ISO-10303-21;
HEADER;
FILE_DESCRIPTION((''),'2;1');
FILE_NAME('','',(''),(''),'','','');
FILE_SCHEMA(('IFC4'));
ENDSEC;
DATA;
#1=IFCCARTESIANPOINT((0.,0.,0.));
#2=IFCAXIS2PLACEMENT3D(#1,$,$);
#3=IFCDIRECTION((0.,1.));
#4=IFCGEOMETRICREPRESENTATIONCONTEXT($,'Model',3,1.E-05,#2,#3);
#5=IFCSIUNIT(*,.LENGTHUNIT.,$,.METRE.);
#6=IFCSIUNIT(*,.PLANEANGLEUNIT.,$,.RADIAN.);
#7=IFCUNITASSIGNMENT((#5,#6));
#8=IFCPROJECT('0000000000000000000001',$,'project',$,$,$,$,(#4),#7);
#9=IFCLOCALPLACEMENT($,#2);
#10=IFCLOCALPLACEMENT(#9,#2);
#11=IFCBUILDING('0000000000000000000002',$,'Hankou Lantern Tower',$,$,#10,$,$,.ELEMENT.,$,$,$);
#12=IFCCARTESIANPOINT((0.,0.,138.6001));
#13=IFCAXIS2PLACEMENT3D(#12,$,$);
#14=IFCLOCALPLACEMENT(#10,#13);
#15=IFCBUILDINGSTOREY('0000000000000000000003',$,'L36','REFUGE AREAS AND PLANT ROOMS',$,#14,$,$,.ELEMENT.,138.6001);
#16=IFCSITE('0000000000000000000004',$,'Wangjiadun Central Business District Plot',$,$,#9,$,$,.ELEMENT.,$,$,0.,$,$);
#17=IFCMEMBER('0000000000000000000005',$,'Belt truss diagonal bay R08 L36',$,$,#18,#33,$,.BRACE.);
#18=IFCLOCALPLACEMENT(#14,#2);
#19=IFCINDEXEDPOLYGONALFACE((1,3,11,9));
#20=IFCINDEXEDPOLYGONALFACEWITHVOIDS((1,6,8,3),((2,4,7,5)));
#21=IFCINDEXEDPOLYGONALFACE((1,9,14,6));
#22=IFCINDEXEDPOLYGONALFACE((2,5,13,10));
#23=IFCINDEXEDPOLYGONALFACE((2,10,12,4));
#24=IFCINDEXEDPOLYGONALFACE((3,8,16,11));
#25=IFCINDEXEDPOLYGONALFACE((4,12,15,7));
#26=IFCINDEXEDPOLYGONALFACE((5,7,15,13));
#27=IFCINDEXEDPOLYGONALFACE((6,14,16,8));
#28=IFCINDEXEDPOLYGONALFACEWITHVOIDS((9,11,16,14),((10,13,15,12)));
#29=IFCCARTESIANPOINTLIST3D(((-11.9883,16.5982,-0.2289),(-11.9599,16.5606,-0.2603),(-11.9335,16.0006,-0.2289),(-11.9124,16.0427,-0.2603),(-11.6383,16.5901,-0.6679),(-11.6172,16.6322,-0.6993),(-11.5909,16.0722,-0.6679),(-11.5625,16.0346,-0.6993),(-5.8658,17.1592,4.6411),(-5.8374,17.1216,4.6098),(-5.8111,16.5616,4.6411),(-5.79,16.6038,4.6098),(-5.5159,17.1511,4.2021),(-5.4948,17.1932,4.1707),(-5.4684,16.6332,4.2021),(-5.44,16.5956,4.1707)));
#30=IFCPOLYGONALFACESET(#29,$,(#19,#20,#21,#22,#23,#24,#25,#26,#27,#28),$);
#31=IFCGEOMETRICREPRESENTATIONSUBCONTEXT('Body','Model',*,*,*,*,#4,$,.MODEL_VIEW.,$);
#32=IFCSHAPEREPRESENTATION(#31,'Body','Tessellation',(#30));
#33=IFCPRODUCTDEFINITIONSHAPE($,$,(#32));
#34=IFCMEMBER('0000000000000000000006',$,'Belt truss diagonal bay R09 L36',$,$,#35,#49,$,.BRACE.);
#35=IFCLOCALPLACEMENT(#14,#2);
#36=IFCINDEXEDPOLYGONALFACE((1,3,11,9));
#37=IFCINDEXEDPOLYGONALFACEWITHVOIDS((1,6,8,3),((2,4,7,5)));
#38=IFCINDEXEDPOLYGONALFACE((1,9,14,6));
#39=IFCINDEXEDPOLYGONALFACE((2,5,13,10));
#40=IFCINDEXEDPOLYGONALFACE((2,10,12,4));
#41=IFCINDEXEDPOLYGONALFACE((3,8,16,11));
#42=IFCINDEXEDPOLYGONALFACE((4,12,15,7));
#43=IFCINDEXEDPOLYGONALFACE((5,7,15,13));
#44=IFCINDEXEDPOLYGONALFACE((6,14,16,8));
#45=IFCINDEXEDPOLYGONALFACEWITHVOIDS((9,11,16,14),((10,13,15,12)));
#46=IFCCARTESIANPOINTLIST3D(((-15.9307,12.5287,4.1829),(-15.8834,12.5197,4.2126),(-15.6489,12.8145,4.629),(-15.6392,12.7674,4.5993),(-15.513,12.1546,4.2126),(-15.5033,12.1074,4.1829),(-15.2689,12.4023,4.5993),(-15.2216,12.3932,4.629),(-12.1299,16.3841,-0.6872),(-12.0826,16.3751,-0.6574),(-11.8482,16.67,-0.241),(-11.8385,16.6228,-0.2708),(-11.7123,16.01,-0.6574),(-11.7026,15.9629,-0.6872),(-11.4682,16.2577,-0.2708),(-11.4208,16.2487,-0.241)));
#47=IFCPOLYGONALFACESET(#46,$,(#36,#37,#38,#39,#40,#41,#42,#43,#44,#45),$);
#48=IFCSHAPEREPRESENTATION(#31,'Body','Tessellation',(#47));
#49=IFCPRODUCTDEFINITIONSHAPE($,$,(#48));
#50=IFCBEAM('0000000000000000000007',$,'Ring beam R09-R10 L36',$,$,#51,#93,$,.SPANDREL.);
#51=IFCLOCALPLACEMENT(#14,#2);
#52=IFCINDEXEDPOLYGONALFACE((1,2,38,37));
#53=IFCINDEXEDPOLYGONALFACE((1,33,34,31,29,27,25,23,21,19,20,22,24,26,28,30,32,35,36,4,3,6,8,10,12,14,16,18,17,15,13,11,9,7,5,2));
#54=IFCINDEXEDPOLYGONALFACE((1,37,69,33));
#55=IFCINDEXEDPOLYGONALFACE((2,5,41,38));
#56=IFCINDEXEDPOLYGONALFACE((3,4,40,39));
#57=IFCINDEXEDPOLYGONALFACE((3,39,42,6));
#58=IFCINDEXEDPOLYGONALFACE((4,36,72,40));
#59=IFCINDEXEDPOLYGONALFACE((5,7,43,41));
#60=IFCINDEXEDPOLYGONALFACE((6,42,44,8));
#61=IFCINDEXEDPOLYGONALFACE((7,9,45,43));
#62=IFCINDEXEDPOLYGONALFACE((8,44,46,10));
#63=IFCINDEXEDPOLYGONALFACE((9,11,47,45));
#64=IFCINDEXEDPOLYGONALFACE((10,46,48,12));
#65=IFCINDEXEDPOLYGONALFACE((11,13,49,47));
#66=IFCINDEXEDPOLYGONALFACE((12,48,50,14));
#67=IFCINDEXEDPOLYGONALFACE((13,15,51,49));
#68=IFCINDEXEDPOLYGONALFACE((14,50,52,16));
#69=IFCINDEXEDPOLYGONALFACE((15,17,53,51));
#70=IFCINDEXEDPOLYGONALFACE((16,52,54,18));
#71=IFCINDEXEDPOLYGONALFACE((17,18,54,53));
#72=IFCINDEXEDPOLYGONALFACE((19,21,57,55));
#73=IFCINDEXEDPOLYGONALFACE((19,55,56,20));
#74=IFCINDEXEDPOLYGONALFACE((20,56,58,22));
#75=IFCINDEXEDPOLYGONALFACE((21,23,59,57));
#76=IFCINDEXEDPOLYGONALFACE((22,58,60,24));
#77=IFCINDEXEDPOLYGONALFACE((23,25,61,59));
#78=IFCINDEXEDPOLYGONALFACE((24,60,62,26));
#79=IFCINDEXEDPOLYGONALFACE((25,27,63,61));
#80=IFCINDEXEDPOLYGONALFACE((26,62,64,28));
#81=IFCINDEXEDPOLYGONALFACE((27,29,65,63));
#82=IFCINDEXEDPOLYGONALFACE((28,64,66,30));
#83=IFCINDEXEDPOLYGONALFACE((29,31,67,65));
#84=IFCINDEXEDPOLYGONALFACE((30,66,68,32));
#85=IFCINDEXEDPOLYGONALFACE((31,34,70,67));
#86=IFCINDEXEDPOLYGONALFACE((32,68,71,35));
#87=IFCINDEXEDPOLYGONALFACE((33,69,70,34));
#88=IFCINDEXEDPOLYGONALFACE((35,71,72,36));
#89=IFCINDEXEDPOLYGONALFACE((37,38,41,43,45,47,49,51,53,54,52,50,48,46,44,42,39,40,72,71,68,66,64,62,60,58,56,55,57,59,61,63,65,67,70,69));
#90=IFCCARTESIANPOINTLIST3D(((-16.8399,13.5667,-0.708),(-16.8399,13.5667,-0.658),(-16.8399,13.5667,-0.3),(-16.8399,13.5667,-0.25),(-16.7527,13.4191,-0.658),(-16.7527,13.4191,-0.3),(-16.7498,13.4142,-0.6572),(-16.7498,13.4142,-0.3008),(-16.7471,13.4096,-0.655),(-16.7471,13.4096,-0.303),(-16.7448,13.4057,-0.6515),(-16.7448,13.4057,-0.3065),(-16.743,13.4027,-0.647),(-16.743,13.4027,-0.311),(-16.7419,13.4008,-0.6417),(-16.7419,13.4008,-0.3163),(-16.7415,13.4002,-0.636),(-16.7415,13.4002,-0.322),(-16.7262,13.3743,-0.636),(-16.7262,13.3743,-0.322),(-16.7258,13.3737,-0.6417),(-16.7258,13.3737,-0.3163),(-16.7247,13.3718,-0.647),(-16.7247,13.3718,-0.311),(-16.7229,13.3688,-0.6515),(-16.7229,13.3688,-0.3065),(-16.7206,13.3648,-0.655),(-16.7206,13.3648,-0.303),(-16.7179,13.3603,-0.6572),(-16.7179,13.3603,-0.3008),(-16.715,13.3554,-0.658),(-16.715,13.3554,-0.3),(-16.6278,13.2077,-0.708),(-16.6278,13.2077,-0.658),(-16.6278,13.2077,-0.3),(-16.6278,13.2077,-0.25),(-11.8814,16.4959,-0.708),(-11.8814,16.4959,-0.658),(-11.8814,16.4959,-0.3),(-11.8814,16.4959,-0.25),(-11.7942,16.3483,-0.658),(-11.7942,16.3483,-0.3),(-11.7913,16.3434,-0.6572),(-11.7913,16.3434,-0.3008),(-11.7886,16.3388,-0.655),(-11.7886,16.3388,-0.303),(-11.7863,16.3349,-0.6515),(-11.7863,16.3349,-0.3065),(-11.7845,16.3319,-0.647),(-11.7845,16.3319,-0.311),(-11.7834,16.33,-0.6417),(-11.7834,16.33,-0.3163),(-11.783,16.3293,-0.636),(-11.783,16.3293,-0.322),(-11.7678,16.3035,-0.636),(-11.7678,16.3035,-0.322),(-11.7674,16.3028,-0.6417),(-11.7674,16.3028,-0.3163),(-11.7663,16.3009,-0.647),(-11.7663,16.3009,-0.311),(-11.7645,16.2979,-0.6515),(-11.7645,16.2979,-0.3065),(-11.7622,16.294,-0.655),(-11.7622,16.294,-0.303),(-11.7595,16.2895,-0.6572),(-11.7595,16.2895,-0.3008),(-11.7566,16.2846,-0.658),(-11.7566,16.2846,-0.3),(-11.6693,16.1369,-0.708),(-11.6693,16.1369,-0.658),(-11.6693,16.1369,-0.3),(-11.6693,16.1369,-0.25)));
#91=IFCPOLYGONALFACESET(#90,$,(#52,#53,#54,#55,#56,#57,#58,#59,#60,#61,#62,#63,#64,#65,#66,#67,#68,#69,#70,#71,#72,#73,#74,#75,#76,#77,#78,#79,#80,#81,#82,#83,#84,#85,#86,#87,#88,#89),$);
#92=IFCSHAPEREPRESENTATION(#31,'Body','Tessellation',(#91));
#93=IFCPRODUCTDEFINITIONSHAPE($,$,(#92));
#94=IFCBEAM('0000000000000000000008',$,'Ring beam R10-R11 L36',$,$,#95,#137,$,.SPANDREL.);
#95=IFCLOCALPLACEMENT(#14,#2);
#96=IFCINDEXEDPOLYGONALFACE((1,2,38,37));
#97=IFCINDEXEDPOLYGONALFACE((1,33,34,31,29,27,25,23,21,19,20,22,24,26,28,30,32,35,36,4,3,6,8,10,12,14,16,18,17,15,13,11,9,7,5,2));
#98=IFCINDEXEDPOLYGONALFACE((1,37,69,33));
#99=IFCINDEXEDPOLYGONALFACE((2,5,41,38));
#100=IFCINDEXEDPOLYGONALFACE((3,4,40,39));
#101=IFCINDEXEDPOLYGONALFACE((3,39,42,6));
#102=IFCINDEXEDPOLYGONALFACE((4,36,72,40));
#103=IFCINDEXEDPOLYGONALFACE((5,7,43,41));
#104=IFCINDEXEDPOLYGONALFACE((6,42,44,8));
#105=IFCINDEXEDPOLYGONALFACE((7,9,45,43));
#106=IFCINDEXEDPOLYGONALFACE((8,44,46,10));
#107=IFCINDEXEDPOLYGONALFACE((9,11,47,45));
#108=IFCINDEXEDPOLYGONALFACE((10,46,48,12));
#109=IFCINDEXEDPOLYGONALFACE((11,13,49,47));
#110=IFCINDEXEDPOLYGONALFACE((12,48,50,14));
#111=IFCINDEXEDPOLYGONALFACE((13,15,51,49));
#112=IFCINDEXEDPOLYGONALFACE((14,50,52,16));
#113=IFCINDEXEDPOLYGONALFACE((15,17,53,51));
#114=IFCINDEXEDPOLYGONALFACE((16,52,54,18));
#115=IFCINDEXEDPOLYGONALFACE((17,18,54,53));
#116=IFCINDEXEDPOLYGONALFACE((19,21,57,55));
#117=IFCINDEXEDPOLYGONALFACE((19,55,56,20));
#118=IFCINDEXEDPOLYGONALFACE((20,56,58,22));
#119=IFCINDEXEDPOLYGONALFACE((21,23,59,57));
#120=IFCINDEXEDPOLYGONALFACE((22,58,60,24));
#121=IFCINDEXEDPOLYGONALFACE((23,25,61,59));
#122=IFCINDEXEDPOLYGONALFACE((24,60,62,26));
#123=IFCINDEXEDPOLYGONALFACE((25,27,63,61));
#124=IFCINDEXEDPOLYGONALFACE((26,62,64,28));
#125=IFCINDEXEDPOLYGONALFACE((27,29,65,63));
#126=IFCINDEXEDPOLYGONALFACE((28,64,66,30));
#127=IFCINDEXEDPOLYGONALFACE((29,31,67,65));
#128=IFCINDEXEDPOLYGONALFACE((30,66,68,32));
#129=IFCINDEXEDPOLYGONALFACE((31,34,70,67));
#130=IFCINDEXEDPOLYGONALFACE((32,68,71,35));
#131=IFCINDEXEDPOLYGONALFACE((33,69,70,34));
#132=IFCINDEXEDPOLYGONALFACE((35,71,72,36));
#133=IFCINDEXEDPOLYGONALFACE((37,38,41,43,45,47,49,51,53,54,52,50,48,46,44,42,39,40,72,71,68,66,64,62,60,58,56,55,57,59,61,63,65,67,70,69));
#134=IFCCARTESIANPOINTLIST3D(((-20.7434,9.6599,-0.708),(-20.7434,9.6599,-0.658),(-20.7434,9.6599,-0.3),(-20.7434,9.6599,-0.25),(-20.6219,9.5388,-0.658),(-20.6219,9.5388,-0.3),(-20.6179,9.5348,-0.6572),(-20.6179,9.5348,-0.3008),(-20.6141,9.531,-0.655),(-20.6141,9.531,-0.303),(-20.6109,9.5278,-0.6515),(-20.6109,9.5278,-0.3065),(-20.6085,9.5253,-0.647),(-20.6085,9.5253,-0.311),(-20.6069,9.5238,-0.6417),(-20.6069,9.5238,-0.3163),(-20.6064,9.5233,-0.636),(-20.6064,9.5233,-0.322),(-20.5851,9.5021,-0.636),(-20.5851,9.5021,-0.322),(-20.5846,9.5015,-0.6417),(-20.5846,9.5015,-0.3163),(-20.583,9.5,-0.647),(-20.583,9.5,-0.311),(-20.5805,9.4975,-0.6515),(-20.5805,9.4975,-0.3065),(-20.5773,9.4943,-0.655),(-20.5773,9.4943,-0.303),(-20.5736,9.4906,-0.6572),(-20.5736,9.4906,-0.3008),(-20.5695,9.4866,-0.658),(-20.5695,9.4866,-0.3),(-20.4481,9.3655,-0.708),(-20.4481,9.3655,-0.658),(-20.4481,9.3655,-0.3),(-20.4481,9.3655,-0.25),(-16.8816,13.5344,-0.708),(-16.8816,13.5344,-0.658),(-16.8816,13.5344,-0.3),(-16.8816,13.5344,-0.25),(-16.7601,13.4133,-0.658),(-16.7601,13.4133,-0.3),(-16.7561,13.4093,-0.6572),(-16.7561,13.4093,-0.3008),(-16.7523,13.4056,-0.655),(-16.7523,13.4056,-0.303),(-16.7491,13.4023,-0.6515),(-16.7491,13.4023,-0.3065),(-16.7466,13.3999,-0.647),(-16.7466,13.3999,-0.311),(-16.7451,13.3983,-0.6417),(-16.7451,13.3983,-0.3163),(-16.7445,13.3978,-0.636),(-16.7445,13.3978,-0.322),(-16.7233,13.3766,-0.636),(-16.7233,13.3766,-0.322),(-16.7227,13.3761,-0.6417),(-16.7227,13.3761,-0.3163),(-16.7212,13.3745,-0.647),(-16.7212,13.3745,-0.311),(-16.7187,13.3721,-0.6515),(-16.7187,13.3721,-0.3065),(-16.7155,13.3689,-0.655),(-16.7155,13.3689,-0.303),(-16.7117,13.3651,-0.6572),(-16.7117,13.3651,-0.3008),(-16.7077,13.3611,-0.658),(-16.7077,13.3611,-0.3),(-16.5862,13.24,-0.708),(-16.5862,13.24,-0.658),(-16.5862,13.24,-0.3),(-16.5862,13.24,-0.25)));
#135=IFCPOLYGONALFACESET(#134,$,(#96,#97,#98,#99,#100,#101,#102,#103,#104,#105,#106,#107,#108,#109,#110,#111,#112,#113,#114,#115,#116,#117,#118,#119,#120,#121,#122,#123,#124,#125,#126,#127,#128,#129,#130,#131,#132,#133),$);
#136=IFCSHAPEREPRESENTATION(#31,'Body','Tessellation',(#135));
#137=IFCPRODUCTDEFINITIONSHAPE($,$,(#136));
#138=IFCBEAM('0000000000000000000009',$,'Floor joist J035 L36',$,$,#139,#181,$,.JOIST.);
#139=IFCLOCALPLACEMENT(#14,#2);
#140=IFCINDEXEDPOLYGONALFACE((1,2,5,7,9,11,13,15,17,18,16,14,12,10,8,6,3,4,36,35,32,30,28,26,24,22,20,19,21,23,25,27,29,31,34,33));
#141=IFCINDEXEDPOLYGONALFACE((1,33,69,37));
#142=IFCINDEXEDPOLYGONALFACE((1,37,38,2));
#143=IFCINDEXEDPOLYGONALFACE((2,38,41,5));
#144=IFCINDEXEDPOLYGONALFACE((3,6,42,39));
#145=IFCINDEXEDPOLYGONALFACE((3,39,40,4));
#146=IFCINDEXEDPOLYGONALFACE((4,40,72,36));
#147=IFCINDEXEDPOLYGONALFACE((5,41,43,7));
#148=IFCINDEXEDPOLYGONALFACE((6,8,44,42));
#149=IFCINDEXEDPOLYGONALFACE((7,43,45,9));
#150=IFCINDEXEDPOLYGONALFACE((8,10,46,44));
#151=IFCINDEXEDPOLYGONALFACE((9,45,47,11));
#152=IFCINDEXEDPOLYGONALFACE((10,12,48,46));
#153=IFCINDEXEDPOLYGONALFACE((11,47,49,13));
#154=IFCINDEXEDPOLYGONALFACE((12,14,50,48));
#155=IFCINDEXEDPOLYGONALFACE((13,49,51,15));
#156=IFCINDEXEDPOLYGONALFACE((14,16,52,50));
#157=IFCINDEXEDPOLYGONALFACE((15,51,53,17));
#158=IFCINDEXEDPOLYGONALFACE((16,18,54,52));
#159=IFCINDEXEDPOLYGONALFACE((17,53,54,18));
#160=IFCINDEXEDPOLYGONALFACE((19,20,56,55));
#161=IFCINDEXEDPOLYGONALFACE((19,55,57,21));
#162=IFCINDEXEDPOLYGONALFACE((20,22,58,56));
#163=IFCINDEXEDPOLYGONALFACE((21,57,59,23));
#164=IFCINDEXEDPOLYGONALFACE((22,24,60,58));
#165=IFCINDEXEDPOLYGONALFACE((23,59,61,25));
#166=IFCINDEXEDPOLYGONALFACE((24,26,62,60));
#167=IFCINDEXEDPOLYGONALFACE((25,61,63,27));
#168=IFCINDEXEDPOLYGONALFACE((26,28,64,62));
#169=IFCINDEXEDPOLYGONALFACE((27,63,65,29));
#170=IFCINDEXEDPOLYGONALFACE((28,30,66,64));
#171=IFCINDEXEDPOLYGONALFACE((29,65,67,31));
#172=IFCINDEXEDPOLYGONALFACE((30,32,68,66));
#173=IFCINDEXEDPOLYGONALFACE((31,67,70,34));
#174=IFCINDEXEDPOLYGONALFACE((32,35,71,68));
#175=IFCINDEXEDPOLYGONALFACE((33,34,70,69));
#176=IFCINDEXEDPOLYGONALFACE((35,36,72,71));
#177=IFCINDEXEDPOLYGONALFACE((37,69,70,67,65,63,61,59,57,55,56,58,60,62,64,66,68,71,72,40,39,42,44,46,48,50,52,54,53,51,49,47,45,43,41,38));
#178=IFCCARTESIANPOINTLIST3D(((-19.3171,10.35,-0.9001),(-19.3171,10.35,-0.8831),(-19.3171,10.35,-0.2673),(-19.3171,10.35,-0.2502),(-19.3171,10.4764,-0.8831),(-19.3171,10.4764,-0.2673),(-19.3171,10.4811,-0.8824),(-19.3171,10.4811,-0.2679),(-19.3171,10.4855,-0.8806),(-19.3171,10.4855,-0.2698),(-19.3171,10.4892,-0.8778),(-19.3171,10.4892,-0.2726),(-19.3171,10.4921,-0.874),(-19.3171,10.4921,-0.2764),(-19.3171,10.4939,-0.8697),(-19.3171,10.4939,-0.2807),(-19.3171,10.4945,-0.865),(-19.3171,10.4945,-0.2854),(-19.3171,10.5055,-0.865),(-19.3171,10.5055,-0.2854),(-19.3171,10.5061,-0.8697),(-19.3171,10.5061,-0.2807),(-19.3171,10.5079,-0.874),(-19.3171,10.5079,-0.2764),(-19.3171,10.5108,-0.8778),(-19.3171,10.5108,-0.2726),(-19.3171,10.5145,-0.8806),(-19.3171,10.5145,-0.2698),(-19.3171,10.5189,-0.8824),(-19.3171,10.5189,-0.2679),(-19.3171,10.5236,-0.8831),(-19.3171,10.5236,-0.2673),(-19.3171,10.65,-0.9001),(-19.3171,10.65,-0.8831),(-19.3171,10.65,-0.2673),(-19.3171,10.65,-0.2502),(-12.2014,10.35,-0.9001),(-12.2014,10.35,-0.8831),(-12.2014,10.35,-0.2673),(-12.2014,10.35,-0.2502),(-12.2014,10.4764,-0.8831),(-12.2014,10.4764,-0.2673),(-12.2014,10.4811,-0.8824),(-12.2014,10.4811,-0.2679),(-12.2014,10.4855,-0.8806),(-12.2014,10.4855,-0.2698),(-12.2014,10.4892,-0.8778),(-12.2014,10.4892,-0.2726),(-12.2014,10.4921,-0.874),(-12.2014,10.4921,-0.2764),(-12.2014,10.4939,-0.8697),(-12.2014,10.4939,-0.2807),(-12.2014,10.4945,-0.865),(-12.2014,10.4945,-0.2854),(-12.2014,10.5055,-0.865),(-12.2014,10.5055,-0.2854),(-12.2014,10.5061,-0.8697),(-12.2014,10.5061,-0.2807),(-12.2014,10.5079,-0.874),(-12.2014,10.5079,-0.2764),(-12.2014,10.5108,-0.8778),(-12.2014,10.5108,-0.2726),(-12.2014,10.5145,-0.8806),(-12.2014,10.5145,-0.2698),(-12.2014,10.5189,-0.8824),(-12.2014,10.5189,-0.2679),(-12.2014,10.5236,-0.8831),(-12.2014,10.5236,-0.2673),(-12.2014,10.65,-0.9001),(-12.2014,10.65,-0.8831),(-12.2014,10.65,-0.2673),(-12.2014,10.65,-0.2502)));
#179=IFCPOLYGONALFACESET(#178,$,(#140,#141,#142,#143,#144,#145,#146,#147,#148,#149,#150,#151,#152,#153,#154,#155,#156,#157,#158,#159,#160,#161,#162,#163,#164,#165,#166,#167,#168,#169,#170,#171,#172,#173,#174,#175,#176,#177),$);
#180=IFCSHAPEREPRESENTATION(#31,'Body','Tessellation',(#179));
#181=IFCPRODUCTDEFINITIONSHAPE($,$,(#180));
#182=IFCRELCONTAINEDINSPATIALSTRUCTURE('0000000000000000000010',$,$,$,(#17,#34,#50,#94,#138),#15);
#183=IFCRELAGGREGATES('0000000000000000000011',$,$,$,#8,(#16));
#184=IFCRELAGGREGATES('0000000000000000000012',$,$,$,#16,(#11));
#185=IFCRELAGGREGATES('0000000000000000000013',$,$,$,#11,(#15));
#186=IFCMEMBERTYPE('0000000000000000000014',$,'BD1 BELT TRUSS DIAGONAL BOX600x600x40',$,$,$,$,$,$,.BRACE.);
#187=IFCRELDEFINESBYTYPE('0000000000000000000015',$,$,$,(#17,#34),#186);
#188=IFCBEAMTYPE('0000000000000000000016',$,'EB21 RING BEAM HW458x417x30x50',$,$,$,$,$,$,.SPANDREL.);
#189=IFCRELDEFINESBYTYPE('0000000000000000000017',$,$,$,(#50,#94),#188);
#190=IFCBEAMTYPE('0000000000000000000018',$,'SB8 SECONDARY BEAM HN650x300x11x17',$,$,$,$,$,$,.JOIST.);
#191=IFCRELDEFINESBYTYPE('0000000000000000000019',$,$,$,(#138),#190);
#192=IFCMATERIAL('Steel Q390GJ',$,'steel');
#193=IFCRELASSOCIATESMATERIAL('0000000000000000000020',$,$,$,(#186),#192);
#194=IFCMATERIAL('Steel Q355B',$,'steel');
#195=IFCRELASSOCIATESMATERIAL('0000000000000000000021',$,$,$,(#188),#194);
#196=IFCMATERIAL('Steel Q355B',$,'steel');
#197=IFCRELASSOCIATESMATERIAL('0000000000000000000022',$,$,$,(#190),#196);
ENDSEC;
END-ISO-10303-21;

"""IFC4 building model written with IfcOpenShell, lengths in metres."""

from ifc_helpers import new_model, si_unit, direction, frame, origin, origin_2d, place, context, subcontext, project, spatial, hollow_rectangle, i_section, extrude, material, material_profile, profile_set, type_object, element, save


model = new_model("IFC4")

# Units and contexts
model_context = context("Model", 3, precision=1e-05, world=origin(), true_north=direction((0.0, 1.0)))
body_context = subcontext(model_context, "Body", "Model", "MODEL_VIEW")
ifc_project = project(units=[si_unit("LENGTHUNIT", "METRE"), si_unit("PLANEANGLEUNIT", "RADIAN")], contexts=[model_context])

# Site, building, storey
site_placement = place(None, origin())
site = spatial("IfcSite", under=ifc_project, at=site_placement, Name="Wangjiadun Central Business District Plot", CompositionType="ELEMENT", RefElevation=0.0)
building_placement = place(site_placement, origin())
building = spatial("IfcBuilding", under=site, at=building_placement, Name="Hankou Lantern Tower", CompositionType="ELEMENT")
storey_placement = place(building_placement, frame((0.0, 0.0, 138.6001)))
storey = spatial("IfcBuildingStorey", under=building, at=storey_placement, Name="L36", Description="REFUGE AREAS AND PLANT ROOMS", CompositionType="ELEMENT", Elevation=138.6001)

# Members
ifc_material_1 = material(Name="Steel Q390GJ", Category="steel")
ifc_material_profile_1 = material_profile(ifc_material_1, hollow_rectangle(XDim=0.6001, YDim=0.6001, WallThickness=0.04, at=origin_2d()), Name="BOX600x600x40")
ifc_profile_set_1 = profile_set([ifc_material_profile_1], Name="Steel Q390GJ")
member_type = type_object("IfcMemberType", Name="BD1 BELT TRUSS DIAGONAL BOX600x600x40", PredefinedType="BRACE", material=ifc_profile_set_1)
member_1_placement = place(storey_placement, frame((-11.7754, 16.3164, -0.4641), z_axis=(0.780603, 0.07153, 0.620921), x_axis=(-0.091252, 0.995828, 0.0)))
element("IfcMember", 1, at=member_1_placement, inside=storey, type_object=member_type, Name="Belt truss diagonal bay R08 L36", PredefinedType="BRACE", context=body_context, shape_type="SweptSolid", body=[
    extrude(hollow_rectangle(XDim=0.6001, YDim=0.6001, WallThickness=0.04, at=origin_2d()), origin(), (0.0, 0.0, 1.0), 7.8433),
])
member_2_placement = place(storey_placement, frame((-11.7754, 16.3164, -0.4641), z_axis=(-0.521937, -0.529446, 0.668782), x_axis=(0.712139, -0.702038, 0.0)))
element("IfcMember", 2, at=member_2_placement, inside=storey, type_object=member_type, Name="Belt truss diagonal bay R09 L36", PredefinedType="BRACE", context=body_context, shape_type="SweptSolid", body=[
    extrude(hollow_rectangle(XDim=0.6001, YDim=0.6001, WallThickness=0.04, at=origin_2d()), origin(), (0.0, 0.0, 1.0), 7.282),
])

# Beams
ifc_material_2 = material(Name="Steel Q355B", Category="steel")
ifc_material_profile_2 = material_profile(ifc_material_2, i_section(OverallWidth=0.417, OverallDepth=0.458, WebThickness=0.03, FlangeThickness=0.05, FilletRadius=0.022, at=origin_2d()), Name="HW458x417x30x50")
ifc_profile_set_2 = profile_set([ifc_material_profile_2], Name="Steel Q355B")
beam_type_1 = type_object("IfcBeamType", Name="EB21 RING BEAM HW458x417x30x50", PredefinedType="SPANDREL", material=ifc_profile_set_2)
beam_1_placement = place(storey_placement, frame((-11.7754, 16.3164, -0.479), z_axis=(-0.860989, -0.508624, 0.0), x_axis=(0.508624, -0.860989, 0.0)))
element("IfcBeam", 3, at=beam_1_placement, inside=storey, type_object=beam_type_1, Name="Ring beam R09-R10 L36", PredefinedType="SPANDREL", context=body_context, shape_type="SweptSolid", body=[
    extrude(i_section(OverallWidth=0.417, OverallDepth=0.458, WebThickness=0.03, FlangeThickness=0.05, FilletRadius=0.022, at=origin_2d()), origin(), (0.0, 0.0, 1.0), 5.759),
])
beam_2_placement = place(storey_placement, frame((-16.7339, 13.3872, -0.479), z_axis=(-0.705945, -0.708266, 0.0), x_axis=(0.708266, -0.705945, 0.0)))
element("IfcBeam", 4, at=beam_2_placement, inside=storey, type_object=beam_type_1, Name="Ring beam R10-R11 L36", PredefinedType="SPANDREL", context=body_context, shape_type="SweptSolid", body=[
    extrude(i_section(OverallWidth=0.417, OverallDepth=0.458, WebThickness=0.03, FlangeThickness=0.05, FilletRadius=0.022, at=origin_2d()), origin(), (0.0, 0.0, 1.0), 5.4705),
])
ifc_material_3 = material(Name="Steel Q355B", Category="steel")
ifc_material_profile_3 = material_profile(ifc_material_3, i_section(OverallWidth=0.3, OverallDepth=0.6499, WebThickness=0.011, FlangeThickness=0.0171, FilletRadius=0.0181, at=origin_2d()), Name="HN650x300x11x17")
ifc_profile_set_3 = profile_set([ifc_material_profile_3], Name="Steel Q355B")
beam_type_2 = type_object("IfcBeamType", Name="SB8 SECONDARY BEAM HN650x300x11x17", PredefinedType="JOIST", material=ifc_profile_set_3)
beam_3_placement = place(storey_placement, frame((-19.3171, 10.5, -0.5752), z_axis=(1.0, 0.0, 0.0), x_axis=(0.0, 1.0, 0.0)))
element("IfcBeam", 5, at=beam_3_placement, inside=storey, type_object=beam_type_2, Name="Floor joist J035 L36", PredefinedType="JOIST", context=body_context, shape_type="SweptSolid", body=[
    extrude(i_section(OverallWidth=0.3, OverallDepth=0.6499, WebThickness=0.011, FlangeThickness=0.0171, FilletRadius=0.0181, at=origin_2d()), origin(), (0.0, 0.0, 1.0), 7.1157),
])

save(model, "model.ifc")
